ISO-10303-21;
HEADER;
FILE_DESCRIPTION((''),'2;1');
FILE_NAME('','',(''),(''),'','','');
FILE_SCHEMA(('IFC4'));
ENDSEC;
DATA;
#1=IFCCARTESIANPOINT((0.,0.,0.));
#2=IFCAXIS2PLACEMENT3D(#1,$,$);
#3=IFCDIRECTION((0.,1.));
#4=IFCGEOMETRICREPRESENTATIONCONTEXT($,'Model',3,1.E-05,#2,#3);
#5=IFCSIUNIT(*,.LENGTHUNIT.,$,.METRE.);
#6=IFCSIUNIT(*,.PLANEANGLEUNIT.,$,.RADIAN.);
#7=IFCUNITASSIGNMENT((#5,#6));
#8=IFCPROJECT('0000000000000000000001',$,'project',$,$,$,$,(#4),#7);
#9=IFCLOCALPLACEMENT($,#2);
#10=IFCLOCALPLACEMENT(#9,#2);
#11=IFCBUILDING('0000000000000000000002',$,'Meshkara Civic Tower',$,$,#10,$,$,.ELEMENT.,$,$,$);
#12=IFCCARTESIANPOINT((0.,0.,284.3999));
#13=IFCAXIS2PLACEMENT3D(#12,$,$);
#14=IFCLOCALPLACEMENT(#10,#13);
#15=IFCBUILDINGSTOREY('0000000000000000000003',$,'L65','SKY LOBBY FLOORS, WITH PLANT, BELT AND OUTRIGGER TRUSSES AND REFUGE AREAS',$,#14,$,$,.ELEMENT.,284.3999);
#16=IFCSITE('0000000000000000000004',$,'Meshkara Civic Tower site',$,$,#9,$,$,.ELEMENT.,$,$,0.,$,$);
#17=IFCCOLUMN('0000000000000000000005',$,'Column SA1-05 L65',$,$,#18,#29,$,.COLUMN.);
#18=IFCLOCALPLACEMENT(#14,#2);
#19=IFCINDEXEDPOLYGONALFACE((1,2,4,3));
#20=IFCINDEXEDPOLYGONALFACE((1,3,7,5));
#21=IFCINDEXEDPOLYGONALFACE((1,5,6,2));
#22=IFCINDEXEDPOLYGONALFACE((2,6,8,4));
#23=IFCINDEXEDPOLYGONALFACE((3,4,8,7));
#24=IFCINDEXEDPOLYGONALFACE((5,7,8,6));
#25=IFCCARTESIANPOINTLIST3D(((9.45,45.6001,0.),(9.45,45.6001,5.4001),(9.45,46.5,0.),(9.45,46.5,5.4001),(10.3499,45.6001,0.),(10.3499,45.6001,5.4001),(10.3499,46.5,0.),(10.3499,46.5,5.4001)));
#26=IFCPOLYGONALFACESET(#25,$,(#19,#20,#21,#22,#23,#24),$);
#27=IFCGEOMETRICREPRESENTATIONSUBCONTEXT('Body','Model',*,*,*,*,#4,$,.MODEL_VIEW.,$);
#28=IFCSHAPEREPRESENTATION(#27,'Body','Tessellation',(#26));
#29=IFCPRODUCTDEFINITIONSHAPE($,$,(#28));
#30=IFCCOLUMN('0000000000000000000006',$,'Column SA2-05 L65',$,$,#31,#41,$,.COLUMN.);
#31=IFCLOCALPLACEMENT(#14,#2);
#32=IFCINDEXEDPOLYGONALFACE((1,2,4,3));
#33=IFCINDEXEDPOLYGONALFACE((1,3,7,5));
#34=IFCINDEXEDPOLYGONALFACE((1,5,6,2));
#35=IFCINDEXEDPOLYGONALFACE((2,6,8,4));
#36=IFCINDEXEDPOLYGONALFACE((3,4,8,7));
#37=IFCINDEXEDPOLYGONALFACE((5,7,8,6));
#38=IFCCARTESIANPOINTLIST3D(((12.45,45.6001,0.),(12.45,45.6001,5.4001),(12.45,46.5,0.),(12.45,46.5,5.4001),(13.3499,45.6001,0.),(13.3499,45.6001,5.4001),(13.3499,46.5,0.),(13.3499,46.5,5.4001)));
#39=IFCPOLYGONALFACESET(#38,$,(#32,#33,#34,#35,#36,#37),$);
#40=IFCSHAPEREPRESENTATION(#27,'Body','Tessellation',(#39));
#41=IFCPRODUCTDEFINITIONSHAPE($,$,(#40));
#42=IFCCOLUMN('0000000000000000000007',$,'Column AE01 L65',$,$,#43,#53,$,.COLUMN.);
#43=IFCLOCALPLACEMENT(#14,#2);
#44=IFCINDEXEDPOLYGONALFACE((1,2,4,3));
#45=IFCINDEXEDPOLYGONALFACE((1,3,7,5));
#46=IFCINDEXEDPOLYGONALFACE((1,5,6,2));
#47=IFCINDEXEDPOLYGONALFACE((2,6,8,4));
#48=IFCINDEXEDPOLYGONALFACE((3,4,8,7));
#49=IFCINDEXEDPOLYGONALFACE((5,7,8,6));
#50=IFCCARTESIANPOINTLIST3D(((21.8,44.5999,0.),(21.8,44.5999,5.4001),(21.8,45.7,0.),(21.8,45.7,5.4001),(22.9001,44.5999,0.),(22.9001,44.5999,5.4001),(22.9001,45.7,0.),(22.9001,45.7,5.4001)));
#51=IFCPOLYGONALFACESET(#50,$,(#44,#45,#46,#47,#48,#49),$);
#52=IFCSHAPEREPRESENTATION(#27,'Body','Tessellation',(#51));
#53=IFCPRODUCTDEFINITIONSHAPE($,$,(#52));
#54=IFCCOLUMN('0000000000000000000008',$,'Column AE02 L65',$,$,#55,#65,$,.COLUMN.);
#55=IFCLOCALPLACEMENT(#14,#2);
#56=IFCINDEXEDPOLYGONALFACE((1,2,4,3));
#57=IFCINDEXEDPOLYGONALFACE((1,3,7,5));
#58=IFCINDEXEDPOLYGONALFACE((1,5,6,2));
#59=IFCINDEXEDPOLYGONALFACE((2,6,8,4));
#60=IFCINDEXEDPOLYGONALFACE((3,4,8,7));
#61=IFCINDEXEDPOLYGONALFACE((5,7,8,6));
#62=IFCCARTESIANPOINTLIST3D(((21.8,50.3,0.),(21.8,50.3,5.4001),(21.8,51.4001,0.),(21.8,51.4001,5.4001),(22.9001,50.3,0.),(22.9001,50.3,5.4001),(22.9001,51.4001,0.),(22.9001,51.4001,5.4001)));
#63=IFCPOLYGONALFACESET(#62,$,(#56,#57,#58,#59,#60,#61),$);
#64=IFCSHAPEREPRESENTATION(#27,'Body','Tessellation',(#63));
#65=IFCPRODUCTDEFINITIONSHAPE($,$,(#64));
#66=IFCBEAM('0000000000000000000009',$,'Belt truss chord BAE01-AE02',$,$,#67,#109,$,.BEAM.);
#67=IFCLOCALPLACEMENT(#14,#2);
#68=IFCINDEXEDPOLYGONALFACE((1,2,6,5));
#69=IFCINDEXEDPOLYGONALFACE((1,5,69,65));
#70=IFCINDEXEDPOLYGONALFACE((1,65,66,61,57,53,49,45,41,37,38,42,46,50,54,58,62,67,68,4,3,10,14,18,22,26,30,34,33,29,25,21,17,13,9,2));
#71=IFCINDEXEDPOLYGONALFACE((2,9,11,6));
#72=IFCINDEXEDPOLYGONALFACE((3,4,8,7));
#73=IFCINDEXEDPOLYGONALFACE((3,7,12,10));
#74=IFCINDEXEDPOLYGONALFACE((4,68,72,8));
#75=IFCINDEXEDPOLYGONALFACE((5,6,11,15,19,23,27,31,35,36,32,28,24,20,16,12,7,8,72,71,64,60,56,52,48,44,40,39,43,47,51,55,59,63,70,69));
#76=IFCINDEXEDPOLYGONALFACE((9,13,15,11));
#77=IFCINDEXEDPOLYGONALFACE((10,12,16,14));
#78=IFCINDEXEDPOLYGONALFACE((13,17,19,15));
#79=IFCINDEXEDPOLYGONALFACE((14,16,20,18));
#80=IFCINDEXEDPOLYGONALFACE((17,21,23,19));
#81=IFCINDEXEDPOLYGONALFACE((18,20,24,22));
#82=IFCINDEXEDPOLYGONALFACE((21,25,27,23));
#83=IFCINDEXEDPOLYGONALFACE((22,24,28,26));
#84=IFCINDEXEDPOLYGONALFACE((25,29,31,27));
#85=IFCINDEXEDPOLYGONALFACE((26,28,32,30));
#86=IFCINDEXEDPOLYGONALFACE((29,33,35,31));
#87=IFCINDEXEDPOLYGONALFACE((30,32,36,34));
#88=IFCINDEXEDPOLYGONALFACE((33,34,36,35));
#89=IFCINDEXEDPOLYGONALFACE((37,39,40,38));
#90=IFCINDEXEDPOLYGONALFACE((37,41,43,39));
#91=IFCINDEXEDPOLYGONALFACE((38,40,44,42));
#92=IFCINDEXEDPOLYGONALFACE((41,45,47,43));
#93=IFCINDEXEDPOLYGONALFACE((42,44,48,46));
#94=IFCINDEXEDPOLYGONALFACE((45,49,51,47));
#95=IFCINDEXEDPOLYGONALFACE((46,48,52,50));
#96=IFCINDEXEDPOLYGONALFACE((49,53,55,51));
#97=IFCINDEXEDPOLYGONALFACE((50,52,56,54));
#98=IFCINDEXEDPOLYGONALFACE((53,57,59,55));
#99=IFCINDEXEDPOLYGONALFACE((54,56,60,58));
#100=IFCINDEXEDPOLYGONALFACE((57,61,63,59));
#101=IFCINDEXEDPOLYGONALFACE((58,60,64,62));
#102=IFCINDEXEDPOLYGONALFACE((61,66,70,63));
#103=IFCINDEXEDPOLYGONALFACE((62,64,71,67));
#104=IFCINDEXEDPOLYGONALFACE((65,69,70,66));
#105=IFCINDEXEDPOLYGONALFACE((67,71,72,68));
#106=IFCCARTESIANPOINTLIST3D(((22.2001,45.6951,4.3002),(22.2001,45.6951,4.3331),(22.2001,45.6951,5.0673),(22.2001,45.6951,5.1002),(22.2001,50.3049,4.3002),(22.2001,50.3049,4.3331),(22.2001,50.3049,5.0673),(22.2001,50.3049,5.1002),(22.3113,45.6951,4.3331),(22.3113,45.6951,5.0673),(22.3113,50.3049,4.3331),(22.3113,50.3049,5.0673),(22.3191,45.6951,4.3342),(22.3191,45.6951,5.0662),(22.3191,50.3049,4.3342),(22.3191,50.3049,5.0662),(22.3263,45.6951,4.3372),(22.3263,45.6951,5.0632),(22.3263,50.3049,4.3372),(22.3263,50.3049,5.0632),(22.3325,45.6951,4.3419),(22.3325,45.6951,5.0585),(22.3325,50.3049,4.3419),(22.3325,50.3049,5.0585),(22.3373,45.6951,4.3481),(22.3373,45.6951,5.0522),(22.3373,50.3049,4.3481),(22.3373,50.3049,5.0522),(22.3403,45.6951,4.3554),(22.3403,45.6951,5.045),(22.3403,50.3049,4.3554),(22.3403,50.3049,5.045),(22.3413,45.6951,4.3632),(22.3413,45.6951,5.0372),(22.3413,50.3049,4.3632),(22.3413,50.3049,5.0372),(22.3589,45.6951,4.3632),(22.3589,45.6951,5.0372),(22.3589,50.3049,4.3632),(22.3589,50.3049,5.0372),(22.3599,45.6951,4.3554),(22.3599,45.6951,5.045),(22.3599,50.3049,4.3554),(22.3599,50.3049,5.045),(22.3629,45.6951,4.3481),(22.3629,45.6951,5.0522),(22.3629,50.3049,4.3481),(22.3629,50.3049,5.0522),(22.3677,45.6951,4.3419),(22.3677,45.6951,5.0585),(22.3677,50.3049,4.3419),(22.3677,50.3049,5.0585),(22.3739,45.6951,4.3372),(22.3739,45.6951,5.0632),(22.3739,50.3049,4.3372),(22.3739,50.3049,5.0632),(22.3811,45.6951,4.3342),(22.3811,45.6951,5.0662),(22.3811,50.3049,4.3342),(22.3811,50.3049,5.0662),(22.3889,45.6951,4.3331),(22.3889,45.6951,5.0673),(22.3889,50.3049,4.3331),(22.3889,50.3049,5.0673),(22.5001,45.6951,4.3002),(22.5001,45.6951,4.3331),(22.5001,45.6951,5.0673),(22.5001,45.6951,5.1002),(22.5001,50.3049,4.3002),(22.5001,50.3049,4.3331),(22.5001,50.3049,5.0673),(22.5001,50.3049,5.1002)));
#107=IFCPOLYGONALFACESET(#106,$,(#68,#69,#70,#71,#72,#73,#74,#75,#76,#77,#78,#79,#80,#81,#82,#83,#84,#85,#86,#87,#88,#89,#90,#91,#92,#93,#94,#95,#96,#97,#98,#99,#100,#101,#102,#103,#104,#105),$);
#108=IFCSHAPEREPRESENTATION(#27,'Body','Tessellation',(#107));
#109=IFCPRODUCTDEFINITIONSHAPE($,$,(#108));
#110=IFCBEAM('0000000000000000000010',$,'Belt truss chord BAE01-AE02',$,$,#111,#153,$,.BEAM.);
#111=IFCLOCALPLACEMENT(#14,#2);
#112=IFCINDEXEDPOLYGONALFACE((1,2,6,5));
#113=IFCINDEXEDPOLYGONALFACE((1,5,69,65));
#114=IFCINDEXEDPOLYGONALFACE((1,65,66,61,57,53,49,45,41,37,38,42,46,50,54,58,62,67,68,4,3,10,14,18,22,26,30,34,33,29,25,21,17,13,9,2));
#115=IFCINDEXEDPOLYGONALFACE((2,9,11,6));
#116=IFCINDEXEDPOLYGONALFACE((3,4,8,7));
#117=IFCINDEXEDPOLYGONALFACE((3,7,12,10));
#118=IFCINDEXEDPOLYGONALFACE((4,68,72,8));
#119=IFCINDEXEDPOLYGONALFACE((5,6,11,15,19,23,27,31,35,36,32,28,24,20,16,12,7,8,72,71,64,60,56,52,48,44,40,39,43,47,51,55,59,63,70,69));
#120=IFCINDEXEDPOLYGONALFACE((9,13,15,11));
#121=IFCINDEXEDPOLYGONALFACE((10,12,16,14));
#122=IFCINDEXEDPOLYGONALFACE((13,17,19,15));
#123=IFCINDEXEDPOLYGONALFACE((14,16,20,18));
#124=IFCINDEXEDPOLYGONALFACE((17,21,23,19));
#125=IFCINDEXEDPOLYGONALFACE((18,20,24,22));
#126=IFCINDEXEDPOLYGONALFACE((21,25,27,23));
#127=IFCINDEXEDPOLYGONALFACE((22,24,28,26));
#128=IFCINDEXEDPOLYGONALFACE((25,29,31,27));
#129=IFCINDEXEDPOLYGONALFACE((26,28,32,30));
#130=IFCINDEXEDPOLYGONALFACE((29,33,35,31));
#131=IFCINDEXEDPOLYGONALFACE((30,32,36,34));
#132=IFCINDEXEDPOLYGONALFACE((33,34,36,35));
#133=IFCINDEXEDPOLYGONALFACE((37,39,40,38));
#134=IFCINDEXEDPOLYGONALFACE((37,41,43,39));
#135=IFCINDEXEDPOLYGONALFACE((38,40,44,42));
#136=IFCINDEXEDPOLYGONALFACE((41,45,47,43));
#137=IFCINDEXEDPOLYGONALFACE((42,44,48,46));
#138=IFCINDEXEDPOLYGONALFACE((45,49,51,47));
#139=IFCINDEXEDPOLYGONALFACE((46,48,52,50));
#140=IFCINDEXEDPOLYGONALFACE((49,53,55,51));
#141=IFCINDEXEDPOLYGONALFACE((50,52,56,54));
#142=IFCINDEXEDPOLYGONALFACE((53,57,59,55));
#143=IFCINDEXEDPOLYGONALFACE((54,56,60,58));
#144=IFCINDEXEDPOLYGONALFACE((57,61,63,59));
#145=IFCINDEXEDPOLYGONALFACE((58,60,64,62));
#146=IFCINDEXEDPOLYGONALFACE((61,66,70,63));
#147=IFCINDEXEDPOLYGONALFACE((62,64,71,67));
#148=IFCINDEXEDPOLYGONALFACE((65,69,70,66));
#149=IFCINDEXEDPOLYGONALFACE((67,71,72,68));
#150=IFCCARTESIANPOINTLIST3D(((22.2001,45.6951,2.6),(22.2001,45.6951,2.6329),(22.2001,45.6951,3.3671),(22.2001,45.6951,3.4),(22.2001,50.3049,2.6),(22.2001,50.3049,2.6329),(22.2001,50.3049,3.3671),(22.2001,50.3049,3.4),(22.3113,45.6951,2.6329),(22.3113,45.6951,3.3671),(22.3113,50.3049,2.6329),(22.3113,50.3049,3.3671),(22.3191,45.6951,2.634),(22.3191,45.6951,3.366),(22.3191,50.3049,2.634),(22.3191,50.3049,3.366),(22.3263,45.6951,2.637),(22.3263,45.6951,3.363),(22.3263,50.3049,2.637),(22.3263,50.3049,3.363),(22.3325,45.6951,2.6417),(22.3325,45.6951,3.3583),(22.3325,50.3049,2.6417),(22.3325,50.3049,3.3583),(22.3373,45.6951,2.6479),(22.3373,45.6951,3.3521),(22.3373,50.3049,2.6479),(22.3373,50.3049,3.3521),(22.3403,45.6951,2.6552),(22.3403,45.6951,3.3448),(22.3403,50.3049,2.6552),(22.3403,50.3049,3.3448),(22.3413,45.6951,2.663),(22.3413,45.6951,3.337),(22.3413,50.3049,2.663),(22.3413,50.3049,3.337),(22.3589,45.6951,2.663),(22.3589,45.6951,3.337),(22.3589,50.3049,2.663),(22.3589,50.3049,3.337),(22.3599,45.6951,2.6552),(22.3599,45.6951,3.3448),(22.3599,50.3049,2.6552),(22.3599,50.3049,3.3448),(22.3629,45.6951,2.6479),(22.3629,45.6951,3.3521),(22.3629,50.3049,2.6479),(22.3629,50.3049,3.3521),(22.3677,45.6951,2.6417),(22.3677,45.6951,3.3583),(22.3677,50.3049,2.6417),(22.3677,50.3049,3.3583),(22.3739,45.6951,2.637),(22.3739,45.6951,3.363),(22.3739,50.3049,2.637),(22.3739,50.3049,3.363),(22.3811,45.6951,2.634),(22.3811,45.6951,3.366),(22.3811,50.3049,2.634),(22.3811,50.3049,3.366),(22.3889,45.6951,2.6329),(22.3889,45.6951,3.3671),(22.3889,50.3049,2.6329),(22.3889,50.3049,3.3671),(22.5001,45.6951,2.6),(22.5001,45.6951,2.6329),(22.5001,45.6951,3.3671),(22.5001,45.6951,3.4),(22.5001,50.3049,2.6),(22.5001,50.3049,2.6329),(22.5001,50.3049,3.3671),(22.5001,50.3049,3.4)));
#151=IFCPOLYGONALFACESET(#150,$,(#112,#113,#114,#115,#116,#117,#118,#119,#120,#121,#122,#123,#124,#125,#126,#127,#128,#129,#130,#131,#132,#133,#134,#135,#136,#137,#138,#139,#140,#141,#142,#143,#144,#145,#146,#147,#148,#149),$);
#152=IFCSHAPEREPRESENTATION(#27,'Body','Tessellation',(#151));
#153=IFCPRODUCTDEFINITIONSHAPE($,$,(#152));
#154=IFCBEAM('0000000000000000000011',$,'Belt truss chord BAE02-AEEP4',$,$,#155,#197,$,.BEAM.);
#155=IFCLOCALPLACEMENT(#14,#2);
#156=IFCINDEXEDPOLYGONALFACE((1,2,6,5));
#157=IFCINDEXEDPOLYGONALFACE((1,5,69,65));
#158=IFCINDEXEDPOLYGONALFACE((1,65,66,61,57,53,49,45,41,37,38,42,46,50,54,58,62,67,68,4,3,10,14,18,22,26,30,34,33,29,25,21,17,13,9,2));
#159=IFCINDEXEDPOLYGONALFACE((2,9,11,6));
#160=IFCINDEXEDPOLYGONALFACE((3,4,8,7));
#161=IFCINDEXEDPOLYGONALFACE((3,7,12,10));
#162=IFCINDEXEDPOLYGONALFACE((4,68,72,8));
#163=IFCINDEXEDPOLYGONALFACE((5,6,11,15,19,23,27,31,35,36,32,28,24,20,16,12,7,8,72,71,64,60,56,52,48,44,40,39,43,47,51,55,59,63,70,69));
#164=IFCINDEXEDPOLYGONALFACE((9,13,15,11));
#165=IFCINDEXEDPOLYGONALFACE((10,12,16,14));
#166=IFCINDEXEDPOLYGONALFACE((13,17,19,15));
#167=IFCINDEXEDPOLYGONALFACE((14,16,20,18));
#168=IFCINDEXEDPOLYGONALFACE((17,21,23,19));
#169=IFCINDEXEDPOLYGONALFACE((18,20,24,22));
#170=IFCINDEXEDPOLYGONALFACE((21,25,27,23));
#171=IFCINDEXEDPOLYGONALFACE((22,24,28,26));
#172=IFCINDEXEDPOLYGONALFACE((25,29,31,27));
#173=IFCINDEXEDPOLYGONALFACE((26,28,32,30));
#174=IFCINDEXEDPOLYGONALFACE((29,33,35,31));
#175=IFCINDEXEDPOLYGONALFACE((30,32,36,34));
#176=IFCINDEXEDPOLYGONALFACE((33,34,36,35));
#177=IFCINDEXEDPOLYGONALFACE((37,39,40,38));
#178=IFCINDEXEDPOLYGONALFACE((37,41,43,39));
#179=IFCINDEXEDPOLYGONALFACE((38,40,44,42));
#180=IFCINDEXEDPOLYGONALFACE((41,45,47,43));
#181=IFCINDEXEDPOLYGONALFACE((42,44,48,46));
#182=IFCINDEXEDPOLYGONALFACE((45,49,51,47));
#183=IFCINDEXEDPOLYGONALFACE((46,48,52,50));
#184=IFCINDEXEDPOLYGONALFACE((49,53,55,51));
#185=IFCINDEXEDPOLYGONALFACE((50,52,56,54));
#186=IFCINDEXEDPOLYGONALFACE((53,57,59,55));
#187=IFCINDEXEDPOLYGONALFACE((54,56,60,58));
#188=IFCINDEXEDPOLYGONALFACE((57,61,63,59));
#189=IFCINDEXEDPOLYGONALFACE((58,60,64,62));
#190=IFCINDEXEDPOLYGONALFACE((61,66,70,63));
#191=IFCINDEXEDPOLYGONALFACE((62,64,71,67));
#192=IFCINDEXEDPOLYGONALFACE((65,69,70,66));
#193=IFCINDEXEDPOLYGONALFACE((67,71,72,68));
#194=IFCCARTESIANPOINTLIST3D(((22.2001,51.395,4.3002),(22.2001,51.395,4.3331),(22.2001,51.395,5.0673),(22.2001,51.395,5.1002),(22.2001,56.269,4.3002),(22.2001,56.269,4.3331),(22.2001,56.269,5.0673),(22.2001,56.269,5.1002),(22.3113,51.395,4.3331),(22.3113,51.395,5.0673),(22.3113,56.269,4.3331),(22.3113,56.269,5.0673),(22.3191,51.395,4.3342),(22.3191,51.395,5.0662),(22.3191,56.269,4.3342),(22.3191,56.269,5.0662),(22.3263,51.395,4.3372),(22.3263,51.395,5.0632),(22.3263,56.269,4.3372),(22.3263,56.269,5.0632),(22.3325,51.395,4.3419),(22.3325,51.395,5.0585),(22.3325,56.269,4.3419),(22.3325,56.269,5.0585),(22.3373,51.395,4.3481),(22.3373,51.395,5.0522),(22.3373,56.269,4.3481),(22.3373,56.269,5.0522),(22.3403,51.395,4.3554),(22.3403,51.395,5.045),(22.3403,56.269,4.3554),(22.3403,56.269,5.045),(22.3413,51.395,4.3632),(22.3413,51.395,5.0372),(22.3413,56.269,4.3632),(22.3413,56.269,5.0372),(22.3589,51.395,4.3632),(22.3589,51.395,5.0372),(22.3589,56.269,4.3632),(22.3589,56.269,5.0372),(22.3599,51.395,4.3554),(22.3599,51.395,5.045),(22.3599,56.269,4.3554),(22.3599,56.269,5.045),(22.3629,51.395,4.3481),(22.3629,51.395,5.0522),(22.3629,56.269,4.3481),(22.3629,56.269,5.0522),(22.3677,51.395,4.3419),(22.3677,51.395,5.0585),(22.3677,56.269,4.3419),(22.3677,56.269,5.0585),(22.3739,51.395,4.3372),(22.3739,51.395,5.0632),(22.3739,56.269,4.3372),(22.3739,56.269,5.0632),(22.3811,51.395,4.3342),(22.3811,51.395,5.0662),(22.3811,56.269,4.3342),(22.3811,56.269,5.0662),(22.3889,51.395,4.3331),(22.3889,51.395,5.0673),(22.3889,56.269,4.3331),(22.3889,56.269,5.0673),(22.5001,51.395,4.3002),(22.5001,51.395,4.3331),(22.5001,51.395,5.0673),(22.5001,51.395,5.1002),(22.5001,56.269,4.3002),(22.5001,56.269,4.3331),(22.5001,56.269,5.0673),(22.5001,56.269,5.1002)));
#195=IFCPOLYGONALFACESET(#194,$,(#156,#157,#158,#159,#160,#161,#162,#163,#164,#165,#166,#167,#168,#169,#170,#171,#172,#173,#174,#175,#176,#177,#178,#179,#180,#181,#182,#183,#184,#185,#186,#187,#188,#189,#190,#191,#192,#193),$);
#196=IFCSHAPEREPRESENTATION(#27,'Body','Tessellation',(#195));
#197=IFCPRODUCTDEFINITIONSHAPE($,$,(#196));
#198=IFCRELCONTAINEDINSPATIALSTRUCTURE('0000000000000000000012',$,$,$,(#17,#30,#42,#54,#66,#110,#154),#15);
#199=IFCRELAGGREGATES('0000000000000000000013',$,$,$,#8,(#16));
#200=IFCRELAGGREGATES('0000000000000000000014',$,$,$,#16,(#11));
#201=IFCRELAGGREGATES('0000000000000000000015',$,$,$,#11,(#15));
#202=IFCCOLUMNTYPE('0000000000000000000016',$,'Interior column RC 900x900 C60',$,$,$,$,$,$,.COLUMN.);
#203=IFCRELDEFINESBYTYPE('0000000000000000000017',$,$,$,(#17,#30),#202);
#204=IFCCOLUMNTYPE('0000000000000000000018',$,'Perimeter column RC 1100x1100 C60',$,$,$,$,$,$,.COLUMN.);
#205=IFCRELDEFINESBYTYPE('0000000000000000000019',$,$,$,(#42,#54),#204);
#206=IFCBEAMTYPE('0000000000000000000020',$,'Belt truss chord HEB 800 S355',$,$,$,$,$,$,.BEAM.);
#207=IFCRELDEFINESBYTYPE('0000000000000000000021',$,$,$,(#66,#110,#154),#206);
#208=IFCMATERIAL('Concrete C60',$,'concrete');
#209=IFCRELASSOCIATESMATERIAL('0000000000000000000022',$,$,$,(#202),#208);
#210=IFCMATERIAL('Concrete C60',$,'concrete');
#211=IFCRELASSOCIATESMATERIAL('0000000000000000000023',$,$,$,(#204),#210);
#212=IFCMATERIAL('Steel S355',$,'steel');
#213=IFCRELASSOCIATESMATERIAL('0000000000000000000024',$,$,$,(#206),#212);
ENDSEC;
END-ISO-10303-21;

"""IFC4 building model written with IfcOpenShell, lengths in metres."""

from ifc_helpers import new_model, si_unit, direction, frame, origin, origin_2d, place, context, subcontext, project, spatial, rectangle, i_section, extrude, material, material_profile, profile_set, type_object, element, save


model = new_model("IFC4")

# Units and contexts
model_context = context("Model", 3, precision=1e-05, world=origin(), true_north=direction((0.0, 1.0)))
body_context = subcontext(model_context, "Body", "Model", "MODEL_VIEW")
ifc_project = project(units=[si_unit("LENGTHUNIT", "METRE"), si_unit("PLANEANGLEUNIT", "RADIAN")], contexts=[model_context])

# Site, building, storey
site_placement = place(None, origin())
site = spatial("IfcSite", under=ifc_project, at=site_placement, Name="Meshkara Civic Tower site", CompositionType="ELEMENT", RefElevation=0.0)
building_placement = place(site_placement, origin())
building = spatial("IfcBuilding", under=site, at=building_placement, Name="Meshkara Civic Tower", CompositionType="ELEMENT")
storey_placement = place(building_placement, frame((0.0, 0.0, 284.3999)))
storey = spatial("IfcBuildingStorey", under=building, at=storey_placement, Name="L65", Description="SKY LOBBY FLOORS, WITH PLANT, BELT AND OUTRIGGER TRUSSES AND REFUGE AREAS", CompositionType="ELEMENT", Elevation=284.3999)

# Columns
ifc_material_1 = material(Name="Concrete C60", Category="concrete")
ifc_material_profile_1 = material_profile(ifc_material_1, rectangle(XDim=0.8999, YDim=0.8999, at=origin_2d()))
ifc_profile_set_1 = profile_set([ifc_material_profile_1], Name="Concrete C60")
column_type_1 = type_object("IfcColumnType", Name="Interior column RC 900x900 C60", PredefinedType="COLUMN", material=ifc_profile_set_1)
for number, where, z_axis, x_axis, name in (
    (1, (9.8999, 46.05, 0.0), (0.0, 0.0, 1.0), (1.0, 0.0, 0.0), "Column SA1-05 L65"),
    (2, (12.8999, 46.05, 0.0), (0.0, 0.0, 1.0), (1.0, 0.0, 0.0), "Column SA2-05 L65"),
):
    element("IfcColumn", number, at=place(storey_placement, frame(where, z_axis=z_axis, x_axis=x_axis)), inside=storey, type_object=column_type_1, Name=name, PredefinedType="COLUMN", context=body_context, shape_type="SweptSolid", body=[
        extrude(rectangle(XDim=0.8999, YDim=0.8999, at=origin_2d()), origin(), (0.0, 0.0, 1.0), 5.4001),
    ])
ifc_material_2 = material(Name="Concrete C60", Category="concrete")
ifc_material_profile_2 = material_profile(ifc_material_2, rectangle(XDim=1.1001, YDim=1.1001, at=origin_2d()))
ifc_profile_set_2 = profile_set([ifc_material_profile_2], Name="Concrete C60")
column_type_2 = type_object("IfcColumnType", Name="Perimeter column RC 1100x1100 C60", PredefinedType="COLUMN", material=ifc_profile_set_2)
for number, where, z_axis, x_axis, name in (
    (3, (22.3501, 45.1499, 0.0), (0.0, 0.0, 1.0), (1.0, 0.0, 0.0), "Column AE01 L65"),
    (4, (22.3501, 50.8501, 0.0), (0.0, 0.0, 1.0), (1.0, 0.0, 0.0), "Column AE02 L65"),
):
    element("IfcColumn", number, at=place(storey_placement, frame(where, z_axis=z_axis, x_axis=x_axis)), inside=storey, type_object=column_type_2, Name=name, PredefinedType="COLUMN", context=body_context, shape_type="SweptSolid", body=[
        extrude(rectangle(XDim=1.1001, YDim=1.1001, at=origin_2d()), origin(), (0.0, 0.0, 1.0), 5.4001),
    ])

# Beams
ifc_material_3 = material(Name="Steel S355", Category="steel")
ifc_material_profile_3 = material_profile(ifc_material_3, i_section(OverallWidth=0.3, OverallDepth=0.8, WebThickness=0.0176, FlangeThickness=0.033, FilletRadius=0.03, at=origin_2d()))
ifc_profile_set_3 = profile_set([ifc_material_profile_3], Name="Steel S355")
beam_type = type_object("IfcBeamType", Name="Belt truss chord HEB 800 S355", PredefinedType="BEAM", material=ifc_profile_set_3)
for number, where, z_axis, x_axis, name in (
    (5, (22.3501, 45.6951, 4.7002), (0.0, 1.0, 0.0), (-1.0, 0.0, 0.0), "Belt truss chord BAE01-AE02"),
    (6, (22.3501, 45.6951, 3.0), (0.0, 1.0, 0.0), (-1.0, 0.0, 0.0), "Belt truss chord BAE01-AE02"),
):
    element("IfcBeam", number, at=place(storey_placement, frame(where, z_axis=z_axis, x_axis=x_axis)), inside=storey, type_object=beam_type, Name=name, PredefinedType="BEAM", context=body_context, shape_type="SweptSolid", body=[
        extrude(i_section(OverallWidth=0.3, OverallDepth=0.8, WebThickness=0.0176, FlangeThickness=0.033, FilletRadius=0.03, at=origin_2d()), origin(), (0.0, 0.0, 1.0), 4.6099),
    ])
for number, where, z_axis, x_axis, name in (
    (7, (22.3501, 51.395, 4.7002), (0.0, 1.0, 0.0), (-1.0, 0.0, 0.0), "Belt truss chord BAE02-AEEP4"),
):
    element("IfcBeam", number, at=place(storey_placement, frame(where, z_axis=z_axis, x_axis=x_axis)), inside=storey, type_object=beam_type, Name=name, PredefinedType="BEAM", context=body_context, shape_type="SweptSolid", body=[
        extrude(i_section(OverallWidth=0.3, OverallDepth=0.8, WebThickness=0.0176, FlangeThickness=0.033, FilletRadius=0.03, at=origin_2d()), origin(), (0.0, 0.0, 1.0), 4.874),
    ])

save(model, "model.ifc")
